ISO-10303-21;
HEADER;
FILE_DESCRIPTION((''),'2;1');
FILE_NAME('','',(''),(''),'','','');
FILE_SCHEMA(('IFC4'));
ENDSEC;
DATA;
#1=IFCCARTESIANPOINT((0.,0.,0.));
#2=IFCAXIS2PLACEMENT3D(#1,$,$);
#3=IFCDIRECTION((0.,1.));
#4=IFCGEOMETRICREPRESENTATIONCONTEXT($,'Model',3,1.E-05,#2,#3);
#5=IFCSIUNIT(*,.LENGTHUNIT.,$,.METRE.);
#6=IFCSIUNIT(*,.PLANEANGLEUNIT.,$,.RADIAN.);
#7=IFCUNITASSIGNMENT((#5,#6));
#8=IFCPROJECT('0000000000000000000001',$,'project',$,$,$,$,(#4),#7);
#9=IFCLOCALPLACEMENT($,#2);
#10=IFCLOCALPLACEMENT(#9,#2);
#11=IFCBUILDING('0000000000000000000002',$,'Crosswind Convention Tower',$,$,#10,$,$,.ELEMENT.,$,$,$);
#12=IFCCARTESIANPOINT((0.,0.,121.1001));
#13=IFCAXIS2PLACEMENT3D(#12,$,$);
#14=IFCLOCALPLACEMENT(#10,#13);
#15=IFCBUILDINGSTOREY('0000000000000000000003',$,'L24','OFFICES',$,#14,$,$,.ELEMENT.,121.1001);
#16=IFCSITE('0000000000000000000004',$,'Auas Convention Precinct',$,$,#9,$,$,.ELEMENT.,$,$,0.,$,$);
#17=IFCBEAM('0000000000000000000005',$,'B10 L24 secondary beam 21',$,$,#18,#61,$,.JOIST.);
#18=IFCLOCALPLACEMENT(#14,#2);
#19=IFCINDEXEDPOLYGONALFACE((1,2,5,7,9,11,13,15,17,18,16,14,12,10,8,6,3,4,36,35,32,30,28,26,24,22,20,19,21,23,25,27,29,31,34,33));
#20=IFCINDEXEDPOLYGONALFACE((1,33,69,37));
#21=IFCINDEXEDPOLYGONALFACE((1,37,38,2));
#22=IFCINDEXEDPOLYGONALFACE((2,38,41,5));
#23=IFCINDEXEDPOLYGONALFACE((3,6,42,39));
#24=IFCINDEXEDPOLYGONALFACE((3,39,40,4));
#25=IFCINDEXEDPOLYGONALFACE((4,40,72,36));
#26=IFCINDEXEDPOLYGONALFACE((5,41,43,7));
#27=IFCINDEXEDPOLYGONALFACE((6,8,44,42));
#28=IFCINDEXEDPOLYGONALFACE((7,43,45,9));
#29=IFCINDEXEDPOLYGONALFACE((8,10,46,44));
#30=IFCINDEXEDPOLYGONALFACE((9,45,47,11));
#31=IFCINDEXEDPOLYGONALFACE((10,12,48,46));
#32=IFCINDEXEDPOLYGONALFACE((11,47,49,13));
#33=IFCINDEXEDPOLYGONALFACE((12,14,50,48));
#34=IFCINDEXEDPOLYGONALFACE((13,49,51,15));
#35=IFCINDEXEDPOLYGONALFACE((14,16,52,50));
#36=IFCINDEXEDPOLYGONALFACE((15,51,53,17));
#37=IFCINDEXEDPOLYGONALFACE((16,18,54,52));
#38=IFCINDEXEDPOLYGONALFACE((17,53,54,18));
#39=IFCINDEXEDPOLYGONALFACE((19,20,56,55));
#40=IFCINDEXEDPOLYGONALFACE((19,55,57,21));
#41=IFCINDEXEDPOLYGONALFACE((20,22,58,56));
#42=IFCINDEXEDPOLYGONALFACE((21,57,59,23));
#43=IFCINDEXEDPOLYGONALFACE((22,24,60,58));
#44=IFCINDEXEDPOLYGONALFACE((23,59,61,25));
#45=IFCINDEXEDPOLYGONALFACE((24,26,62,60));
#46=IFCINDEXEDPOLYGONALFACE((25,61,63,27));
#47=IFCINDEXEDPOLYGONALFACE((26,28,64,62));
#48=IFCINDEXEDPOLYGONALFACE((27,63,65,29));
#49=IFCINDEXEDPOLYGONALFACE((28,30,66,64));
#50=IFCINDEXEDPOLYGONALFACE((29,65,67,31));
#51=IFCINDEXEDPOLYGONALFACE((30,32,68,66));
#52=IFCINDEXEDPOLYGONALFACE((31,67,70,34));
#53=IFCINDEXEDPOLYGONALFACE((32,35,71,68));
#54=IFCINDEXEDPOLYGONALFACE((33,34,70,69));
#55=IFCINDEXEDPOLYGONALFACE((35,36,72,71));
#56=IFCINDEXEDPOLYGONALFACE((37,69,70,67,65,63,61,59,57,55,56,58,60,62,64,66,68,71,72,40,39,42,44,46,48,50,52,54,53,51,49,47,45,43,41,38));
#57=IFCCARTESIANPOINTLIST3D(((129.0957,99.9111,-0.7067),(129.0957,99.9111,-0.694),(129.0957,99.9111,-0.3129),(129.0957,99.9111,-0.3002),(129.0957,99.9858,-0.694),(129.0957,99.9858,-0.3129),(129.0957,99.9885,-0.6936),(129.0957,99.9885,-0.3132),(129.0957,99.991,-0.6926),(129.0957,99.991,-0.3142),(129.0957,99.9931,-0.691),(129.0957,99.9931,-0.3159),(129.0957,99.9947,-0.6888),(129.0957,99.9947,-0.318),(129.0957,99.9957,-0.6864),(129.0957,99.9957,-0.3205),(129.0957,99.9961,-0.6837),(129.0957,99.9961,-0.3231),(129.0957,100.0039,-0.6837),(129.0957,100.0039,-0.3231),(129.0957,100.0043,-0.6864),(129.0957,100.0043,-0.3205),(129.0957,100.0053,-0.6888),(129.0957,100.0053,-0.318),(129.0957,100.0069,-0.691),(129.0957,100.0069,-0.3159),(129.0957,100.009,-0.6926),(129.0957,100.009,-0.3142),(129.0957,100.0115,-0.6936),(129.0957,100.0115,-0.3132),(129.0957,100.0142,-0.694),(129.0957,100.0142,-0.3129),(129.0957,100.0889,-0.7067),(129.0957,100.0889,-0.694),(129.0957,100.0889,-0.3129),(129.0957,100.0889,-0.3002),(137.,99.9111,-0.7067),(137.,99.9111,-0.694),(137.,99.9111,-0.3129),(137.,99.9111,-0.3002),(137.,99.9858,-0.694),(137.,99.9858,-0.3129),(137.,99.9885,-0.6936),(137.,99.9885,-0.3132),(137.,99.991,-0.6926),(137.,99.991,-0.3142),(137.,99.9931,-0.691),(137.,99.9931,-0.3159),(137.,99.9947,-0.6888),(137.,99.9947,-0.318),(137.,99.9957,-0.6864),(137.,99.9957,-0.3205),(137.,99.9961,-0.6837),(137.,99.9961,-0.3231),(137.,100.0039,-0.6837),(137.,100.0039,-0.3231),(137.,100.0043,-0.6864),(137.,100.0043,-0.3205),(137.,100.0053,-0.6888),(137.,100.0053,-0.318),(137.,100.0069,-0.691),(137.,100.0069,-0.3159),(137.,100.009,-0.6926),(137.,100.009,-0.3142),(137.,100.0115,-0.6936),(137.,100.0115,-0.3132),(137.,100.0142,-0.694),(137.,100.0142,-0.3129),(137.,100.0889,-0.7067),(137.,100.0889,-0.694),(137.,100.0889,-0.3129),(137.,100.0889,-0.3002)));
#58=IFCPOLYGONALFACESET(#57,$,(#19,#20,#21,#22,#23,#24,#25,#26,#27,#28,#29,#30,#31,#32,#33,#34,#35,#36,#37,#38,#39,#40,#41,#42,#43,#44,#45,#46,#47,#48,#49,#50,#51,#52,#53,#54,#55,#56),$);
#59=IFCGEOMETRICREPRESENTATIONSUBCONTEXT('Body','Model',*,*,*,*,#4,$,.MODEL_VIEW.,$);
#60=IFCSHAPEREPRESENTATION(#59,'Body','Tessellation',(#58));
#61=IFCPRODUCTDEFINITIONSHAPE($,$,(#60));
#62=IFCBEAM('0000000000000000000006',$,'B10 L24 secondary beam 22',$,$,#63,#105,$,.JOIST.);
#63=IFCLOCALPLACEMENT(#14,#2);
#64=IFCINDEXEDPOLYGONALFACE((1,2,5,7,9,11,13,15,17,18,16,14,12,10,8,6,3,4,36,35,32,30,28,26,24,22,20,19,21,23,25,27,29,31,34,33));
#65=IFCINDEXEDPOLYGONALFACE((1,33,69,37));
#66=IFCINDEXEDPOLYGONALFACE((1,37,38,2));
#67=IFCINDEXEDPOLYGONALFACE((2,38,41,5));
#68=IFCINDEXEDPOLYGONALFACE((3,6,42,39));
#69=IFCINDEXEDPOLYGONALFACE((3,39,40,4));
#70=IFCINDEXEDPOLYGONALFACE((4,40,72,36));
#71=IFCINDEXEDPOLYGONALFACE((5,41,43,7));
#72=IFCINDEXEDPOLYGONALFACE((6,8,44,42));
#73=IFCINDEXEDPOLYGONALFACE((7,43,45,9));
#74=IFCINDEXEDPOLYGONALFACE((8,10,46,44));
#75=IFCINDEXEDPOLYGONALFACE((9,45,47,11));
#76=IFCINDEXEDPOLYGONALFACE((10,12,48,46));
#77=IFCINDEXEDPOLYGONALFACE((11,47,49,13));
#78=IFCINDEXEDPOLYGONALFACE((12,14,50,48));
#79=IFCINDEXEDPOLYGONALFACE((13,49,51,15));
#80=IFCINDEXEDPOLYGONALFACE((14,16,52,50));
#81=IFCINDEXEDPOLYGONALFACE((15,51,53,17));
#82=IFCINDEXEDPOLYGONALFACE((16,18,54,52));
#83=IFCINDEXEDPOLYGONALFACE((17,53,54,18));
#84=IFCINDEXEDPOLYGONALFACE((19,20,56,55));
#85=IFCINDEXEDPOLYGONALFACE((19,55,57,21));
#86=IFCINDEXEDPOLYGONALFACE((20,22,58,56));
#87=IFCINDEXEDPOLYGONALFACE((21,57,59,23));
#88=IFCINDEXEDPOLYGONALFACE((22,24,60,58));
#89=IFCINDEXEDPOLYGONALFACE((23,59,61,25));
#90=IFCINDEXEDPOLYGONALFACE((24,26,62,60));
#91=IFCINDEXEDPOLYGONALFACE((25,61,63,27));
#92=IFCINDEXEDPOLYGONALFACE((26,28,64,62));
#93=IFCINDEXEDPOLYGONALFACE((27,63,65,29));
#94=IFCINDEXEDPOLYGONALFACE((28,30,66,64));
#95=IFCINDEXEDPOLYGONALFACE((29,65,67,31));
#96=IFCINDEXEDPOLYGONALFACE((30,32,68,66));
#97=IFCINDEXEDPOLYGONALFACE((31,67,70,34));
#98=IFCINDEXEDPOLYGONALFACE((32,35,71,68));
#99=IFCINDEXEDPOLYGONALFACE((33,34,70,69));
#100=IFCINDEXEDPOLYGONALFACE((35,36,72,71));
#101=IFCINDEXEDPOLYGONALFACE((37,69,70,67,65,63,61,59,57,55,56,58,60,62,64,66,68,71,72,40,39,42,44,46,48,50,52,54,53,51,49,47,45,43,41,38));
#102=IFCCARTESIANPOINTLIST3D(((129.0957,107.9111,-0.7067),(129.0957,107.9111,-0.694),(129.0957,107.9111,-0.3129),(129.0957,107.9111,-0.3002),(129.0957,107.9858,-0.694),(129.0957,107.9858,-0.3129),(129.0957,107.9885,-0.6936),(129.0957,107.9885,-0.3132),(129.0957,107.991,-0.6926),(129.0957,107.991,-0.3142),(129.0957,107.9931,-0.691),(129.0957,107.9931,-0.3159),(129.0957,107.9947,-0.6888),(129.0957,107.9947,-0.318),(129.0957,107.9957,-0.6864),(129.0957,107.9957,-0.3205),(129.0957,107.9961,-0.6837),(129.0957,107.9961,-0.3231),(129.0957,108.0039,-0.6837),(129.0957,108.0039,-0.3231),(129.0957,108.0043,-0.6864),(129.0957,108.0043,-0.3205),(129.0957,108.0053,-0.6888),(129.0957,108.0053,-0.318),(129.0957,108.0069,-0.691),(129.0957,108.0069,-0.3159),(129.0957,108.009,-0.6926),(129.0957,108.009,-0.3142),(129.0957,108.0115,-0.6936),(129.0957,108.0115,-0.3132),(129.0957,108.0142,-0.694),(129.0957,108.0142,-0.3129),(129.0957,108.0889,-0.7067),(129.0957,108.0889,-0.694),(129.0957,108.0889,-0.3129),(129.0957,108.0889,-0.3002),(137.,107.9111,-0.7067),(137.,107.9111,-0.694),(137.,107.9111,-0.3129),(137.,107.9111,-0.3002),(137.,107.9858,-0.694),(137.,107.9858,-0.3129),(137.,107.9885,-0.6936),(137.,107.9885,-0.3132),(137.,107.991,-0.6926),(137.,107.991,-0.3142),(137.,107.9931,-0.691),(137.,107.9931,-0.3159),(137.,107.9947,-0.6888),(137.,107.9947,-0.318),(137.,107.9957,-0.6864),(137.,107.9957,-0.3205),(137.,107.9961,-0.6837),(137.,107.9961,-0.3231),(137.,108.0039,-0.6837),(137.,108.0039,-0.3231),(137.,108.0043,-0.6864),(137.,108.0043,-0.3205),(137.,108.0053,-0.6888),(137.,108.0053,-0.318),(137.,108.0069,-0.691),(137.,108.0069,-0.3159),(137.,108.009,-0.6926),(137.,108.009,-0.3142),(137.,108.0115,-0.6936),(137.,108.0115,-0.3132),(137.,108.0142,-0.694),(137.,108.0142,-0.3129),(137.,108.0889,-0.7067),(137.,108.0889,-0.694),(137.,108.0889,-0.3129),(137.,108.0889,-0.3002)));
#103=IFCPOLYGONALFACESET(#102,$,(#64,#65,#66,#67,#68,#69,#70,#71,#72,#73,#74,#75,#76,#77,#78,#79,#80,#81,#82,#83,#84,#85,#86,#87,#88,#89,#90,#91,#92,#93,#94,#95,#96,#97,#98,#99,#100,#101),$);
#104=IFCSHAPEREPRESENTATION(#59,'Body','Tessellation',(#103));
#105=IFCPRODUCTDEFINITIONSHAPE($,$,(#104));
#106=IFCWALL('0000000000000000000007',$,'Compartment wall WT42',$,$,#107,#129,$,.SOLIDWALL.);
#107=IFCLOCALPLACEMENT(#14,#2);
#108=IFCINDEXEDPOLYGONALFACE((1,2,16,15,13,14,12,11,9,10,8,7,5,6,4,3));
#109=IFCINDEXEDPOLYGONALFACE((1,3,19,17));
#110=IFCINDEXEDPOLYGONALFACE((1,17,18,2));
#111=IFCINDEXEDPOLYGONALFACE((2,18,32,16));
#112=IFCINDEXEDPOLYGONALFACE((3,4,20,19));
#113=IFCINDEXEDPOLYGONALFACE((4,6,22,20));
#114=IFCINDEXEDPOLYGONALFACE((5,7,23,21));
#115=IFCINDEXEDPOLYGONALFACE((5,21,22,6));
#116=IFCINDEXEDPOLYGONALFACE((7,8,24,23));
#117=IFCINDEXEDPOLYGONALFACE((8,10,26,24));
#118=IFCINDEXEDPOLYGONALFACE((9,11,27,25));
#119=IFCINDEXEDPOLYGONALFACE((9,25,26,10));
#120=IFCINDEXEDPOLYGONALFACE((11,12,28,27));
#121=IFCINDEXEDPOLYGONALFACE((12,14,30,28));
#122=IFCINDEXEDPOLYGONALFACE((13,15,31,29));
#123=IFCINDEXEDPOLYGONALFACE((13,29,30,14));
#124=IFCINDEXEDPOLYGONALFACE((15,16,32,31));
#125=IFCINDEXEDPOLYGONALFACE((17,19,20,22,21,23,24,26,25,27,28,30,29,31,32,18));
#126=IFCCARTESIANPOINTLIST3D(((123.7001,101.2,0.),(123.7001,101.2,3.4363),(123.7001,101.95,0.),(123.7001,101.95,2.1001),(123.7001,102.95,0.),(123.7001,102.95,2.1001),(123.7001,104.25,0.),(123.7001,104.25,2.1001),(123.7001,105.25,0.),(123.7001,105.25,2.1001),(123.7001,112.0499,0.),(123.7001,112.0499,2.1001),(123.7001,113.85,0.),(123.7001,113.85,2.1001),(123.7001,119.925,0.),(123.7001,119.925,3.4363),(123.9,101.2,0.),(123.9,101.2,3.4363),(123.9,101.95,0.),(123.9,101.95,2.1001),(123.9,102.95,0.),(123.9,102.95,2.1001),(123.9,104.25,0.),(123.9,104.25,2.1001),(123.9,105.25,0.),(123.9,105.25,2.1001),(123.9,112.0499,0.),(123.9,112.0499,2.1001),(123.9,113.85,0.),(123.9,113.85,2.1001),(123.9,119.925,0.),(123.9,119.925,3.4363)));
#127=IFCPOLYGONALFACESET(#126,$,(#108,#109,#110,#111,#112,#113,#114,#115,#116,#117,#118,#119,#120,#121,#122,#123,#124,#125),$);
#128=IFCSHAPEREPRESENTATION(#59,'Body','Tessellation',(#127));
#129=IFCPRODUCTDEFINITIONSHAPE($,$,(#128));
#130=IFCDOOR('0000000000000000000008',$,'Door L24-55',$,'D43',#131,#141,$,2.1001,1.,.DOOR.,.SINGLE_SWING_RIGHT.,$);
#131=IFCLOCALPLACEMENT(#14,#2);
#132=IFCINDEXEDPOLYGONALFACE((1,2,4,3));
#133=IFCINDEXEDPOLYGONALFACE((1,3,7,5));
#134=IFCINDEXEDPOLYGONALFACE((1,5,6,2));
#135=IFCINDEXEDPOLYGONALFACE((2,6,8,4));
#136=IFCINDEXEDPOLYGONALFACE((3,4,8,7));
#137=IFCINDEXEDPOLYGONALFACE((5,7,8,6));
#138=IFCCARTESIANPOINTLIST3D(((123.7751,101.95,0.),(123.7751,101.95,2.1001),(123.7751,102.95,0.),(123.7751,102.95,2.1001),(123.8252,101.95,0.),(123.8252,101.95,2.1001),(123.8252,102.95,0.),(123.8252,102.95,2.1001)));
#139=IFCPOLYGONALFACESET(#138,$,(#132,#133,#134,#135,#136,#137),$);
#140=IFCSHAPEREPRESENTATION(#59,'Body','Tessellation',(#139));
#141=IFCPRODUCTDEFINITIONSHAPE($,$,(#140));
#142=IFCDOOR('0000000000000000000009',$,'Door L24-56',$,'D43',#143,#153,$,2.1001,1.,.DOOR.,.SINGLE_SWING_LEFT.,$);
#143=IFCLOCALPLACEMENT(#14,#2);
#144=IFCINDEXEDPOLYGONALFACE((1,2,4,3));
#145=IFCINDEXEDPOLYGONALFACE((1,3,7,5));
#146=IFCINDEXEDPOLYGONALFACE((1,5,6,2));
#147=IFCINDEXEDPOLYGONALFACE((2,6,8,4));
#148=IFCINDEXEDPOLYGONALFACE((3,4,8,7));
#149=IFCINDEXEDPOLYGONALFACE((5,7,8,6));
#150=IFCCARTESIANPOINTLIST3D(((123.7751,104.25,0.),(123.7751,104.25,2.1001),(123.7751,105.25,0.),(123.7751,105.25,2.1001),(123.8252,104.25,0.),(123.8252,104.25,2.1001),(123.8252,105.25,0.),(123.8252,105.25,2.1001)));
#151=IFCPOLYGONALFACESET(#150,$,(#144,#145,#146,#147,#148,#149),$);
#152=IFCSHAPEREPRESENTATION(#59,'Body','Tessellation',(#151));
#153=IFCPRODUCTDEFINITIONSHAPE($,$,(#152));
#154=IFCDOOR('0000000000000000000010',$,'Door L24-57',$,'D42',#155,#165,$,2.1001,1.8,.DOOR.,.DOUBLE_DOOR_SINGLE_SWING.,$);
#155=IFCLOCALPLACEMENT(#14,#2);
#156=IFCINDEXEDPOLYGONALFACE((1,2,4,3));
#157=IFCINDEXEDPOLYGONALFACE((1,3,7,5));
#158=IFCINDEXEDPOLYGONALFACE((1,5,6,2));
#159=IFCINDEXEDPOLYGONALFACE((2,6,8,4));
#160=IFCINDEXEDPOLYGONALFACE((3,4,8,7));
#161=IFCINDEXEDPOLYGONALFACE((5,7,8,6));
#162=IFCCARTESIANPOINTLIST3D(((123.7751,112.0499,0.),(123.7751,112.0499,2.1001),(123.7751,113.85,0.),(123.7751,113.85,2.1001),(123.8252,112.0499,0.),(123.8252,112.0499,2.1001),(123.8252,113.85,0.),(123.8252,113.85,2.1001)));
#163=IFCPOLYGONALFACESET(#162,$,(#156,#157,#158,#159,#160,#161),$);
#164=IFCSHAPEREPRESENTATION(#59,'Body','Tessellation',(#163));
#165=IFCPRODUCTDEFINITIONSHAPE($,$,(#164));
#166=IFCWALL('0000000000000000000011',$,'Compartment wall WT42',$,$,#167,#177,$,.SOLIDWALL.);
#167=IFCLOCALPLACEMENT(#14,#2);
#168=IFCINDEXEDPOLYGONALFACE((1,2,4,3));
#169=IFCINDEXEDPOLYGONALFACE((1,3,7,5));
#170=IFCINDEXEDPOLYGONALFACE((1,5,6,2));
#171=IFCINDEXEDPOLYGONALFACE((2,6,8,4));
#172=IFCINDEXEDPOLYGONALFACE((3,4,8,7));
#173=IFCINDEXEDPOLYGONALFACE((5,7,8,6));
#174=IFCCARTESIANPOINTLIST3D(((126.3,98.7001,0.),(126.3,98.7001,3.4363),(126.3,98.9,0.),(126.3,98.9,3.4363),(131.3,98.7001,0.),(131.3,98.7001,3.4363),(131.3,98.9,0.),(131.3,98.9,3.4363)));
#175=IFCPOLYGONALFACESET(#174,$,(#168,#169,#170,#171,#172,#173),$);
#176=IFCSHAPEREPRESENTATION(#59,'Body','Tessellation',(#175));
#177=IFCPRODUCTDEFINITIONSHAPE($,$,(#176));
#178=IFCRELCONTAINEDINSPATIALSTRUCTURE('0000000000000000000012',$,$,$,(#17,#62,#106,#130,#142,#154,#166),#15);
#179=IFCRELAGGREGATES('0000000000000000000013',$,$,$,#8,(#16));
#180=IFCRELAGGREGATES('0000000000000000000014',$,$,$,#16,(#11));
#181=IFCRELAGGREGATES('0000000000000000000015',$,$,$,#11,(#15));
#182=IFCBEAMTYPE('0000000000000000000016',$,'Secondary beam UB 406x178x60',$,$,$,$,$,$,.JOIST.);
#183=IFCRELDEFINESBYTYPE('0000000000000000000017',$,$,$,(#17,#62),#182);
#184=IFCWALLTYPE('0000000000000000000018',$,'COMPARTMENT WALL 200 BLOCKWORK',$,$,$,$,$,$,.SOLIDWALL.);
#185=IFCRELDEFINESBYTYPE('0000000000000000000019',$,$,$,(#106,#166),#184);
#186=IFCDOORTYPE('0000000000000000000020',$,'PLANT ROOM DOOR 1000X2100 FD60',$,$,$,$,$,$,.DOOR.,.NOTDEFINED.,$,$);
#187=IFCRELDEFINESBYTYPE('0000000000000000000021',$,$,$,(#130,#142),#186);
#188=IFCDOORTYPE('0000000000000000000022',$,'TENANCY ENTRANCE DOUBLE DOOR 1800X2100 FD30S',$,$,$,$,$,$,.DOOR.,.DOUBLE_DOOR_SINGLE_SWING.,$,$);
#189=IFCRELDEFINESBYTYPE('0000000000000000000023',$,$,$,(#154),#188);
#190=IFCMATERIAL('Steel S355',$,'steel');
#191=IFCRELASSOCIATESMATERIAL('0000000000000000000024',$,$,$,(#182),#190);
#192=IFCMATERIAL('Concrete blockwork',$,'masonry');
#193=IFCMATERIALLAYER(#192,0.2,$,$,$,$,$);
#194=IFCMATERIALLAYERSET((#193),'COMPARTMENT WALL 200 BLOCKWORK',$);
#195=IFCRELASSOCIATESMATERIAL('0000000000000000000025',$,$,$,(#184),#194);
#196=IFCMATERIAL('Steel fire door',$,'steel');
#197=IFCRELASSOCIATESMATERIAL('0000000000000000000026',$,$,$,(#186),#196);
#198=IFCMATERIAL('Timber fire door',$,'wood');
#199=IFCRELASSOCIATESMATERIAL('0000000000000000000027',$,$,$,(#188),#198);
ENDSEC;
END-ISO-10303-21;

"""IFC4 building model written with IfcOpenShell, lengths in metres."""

from ifc_helpers import new_model, si_unit, direction, frame, frame_2d, origin, origin_2d, place, context, subcontext, project, spatial, rectangle, i_section, extrude, material, layer, layer_set, material_profile, profile_set, type_object, element, fill, save


model = new_model("IFC4")

# Units and contexts
model_context = context("Model", 3, precision=1e-05, world=origin(), true_north=direction((0.0, 1.0)))
body_context = subcontext(model_context, "Body", "Model", "MODEL_VIEW")
ifc_project = project(units=[si_unit("LENGTHUNIT", "METRE"), si_unit("PLANEANGLEUNIT", "RADIAN")], contexts=[model_context])

# Site, building, storey
site_placement = place(None, origin())
site = spatial("IfcSite", under=ifc_project, at=site_placement, Name="Auas Convention Precinct", CompositionType="ELEMENT", RefElevation=0.0)
building_placement = place(site_placement, origin())
building = spatial("IfcBuilding", under=site, at=building_placement, Name="Crosswind Convention Tower", CompositionType="ELEMENT")
storey_placement = place(building_placement, frame((0.0, 0.0, 121.1001)))
storey = spatial("IfcBuildingStorey", under=building, at=storey_placement, Name="L24", Description="OFFICES", CompositionType="ELEMENT", Elevation=121.1001)

# Beams
ifc_material_1 = material(Name="Steel S355", Category="steel")
ifc_material_profile_1 = material_profile(ifc_material_1, i_section(OverallWidth=0.1777, OverallDepth=0.4065, WebThickness=0.0078, FlangeThickness=0.0127, FilletRadius=0.0103, at=origin_2d()), Name="UB 406x178x60")
ifc_profile_set_1 = profile_set([ifc_material_profile_1], Name="Steel S355")
beam_type_1 = type_object("IfcBeamType", Name="Secondary beam UB 406x178x60", PredefinedType="JOIST", material=ifc_profile_set_1)
for number, where, z_axis, x_axis, name in (
    (1, (129.0957, 100.0, -0.5034), (1.0, 0.0, 0.0), (0.0, 1.0, 0.0), "B10 L24 secondary beam 21"),
    (2, (129.0957, 108.0, -0.5034), (1.0, 0.0, 0.0), (0.0, 1.0, 0.0), "B10 L24 secondary beam 22"),
):
    element("IfcBeam", number, at=place(storey_placement, frame(where, z_axis=z_axis, x_axis=x_axis)), inside=storey, type_object=beam_type_1, Name=name, PredefinedType="JOIST", context=body_context, shape_type="SweptSolid", body=[
        extrude(i_section(OverallWidth=0.1777, OverallDepth=0.4065, WebThickness=0.0078, FlangeThickness=0.0127, FilletRadius=0.0103, at=origin_2d()), origin(), (0.0, 0.0, 1.0), 7.9043),
    ])

# Wall, openings, doors
ifc_material_2 = material(Name="Concrete blockwork", Category="masonry")
ifc_layer_1 = layer(ifc_material_2, 0.2)
ifc_layer_set_1 = layer_set([ifc_layer_1], Name="COMPARTMENT WALL 200 BLOCKWORK")
wall_type_1 = type_object("IfcWallType", Name="COMPARTMENT WALL 200 BLOCKWORK", PredefinedType="SOLIDWALL", material=ifc_layer_set_1)
wall_1_placement = place(storey_placement, frame((123.8, 101.2, 0.0), z_axis=(0.0, 0.0, 1.0), x_axis=(0.0, 1.0, 0.0)))
wall_1 = element("IfcWall", 3, at=wall_1_placement, inside=storey, type_object=wall_type_1, Name="Compartment wall WT42", PredefinedType="SOLIDWALL", context=body_context, shape_type="SweptSolid", body=[
    extrude(rectangle(XDim=18.7251, YDim=0.2, at=frame_2d((9.3625, 0.0))), origin(), (0.0, 0.0, 1.0), 3.4363),
])
opening_1_placement = place(wall_1_placement, frame((0.75, 0.0, 0.0)))
opening_1 = element("IfcOpeningElement", 4, at=opening_1_placement, cuts=wall_1, PredefinedType="OPENING", context=body_context, shape_type="SweptSolid", body=[
    extrude(rectangle(XDim=1.0, YDim=2.1001, at=frame_2d((0.5, 1.05))), frame((0.0, 0.1099, 0.0), z_axis=(0.0, -1.0, 0.0), x_axis=(1.0, 0.0, 0.0)), (0.0, 0.0, 1.0), 0.22),
])
opening_2_placement = place(wall_1_placement, frame((3.05, 0.0, 0.0)))
opening_2 = element("IfcOpeningElement", 5, at=opening_2_placement, cuts=wall_1, PredefinedType="OPENING", context=body_context, shape_type="SweptSolid", body=[
    extrude(rectangle(XDim=1.0, YDim=2.1001, at=frame_2d((0.5, 1.05))), frame((0.0, 0.1099, 0.0), z_axis=(0.0, -1.0, 0.0), x_axis=(1.0, 0.0, 0.0)), (0.0, 0.0, 1.0), 0.22),
])
opening_3_placement = place(wall_1_placement, frame((10.8501, 0.0, 0.0)))
opening_3 = element("IfcOpeningElement", 6, at=opening_3_placement, cuts=wall_1, PredefinedType="OPENING", context=body_context, shape_type="SweptSolid", body=[
    extrude(rectangle(XDim=1.8, YDim=2.1001, at=frame_2d((0.8999, 1.05))), frame((0.0, 0.1099, 0.0), z_axis=(0.0, -1.0, 0.0), x_axis=(1.0, 0.0, 0.0)), (0.0, 0.0, 1.0), 0.22),
])
ifc_material_3 = material(Name="Steel fire door", Category="steel")
door_type_1 = type_object("IfcDoorType", Name="PLANT ROOM DOOR 1000X2100 FD60", OperationType="NOTDEFINED", PredefinedType="DOOR", material=ifc_material_3)
door_1_placement = place(opening_1_placement, origin())
door_1 = element("IfcDoor", 7, at=door_1_placement, inside=storey, type_object=door_type_1, Name="Door L24-55", ObjectType="D43", OperationType="SINGLE_SWING_RIGHT", OverallHeight=2.1001, OverallWidth=1.0, PredefinedType="DOOR", context=body_context, shape_type="SweptSolid", body=[
    extrude(rectangle(XDim=1.0, YDim=2.1001, at=frame_2d((0.5, 1.05))), frame((0.0, 0.0249, 0.0), z_axis=(0.0, -1.0, 0.0), x_axis=(1.0, 0.0, 0.0)), (0.0, 0.0, 1.0), 0.05),
])
fill(opening_1, door_1)
door_2_placement = place(opening_2_placement, origin())
door_2 = element("IfcDoor", 8, at=door_2_placement, inside=storey, type_object=door_type_1, Name="Door L24-56", ObjectType="D43", OperationType="SINGLE_SWING_LEFT", OverallHeight=2.1001, OverallWidth=1.0, PredefinedType="DOOR", context=body_context, shape_type="SweptSolid", body=[
    extrude(rectangle(XDim=1.0, YDim=2.1001, at=frame_2d((0.5, 1.05))), frame((0.0, 0.0249, 0.0), z_axis=(0.0, -1.0, 0.0), x_axis=(1.0, 0.0, 0.0)), (0.0, 0.0, 1.0), 0.05),
])
fill(opening_2, door_2)
ifc_material_4 = material(Name="Timber fire door", Category="wood")
door_type_2 = type_object("IfcDoorType", Name="TENANCY ENTRANCE DOUBLE DOOR 1800X2100 FD30S", OperationType="DOUBLE_DOOR_SINGLE_SWING", PredefinedType="DOOR", material=ifc_material_4)
door_3_placement = place(opening_3_placement, origin())
door_3 = element("IfcDoor", 9, at=door_3_placement, inside=storey, type_object=door_type_2, Name="Door L24-57", ObjectType="D42", OperationType="DOUBLE_DOOR_SINGLE_SWING", OverallHeight=2.1001, OverallWidth=1.8, PredefinedType="DOOR", context=body_context, shape_type="SweptSolid", body=[
    extrude(rectangle(XDim=1.8, YDim=2.1001, at=frame_2d((0.8999, 1.05))), frame((0.0, 0.0249, 0.0), z_axis=(0.0, -1.0, 0.0), x_axis=(1.0, 0.0, 0.0)), (0.0, 0.0, 1.0), 0.05),
])
fill(opening_3, door_3)

# Wall
wall_2_placement = place(storey_placement, frame((126.3, 98.8, 0.0), z_axis=(0.0, 0.0, 1.0), x_axis=(1.0, 0.0, 0.0)))
element("IfcWall", 10, at=wall_2_placement, inside=storey, type_object=wall_type_1, Name="Compartment wall WT42", PredefinedType="SOLIDWALL", context=body_context, shape_type="SweptSolid", body=[
    extrude(rectangle(XDim=5.0, YDim=0.2, at=frame_2d((2.5, 0.0))), origin(), (0.0, 0.0, 1.0), 3.4363),
])

save(model, "model.ifc")
